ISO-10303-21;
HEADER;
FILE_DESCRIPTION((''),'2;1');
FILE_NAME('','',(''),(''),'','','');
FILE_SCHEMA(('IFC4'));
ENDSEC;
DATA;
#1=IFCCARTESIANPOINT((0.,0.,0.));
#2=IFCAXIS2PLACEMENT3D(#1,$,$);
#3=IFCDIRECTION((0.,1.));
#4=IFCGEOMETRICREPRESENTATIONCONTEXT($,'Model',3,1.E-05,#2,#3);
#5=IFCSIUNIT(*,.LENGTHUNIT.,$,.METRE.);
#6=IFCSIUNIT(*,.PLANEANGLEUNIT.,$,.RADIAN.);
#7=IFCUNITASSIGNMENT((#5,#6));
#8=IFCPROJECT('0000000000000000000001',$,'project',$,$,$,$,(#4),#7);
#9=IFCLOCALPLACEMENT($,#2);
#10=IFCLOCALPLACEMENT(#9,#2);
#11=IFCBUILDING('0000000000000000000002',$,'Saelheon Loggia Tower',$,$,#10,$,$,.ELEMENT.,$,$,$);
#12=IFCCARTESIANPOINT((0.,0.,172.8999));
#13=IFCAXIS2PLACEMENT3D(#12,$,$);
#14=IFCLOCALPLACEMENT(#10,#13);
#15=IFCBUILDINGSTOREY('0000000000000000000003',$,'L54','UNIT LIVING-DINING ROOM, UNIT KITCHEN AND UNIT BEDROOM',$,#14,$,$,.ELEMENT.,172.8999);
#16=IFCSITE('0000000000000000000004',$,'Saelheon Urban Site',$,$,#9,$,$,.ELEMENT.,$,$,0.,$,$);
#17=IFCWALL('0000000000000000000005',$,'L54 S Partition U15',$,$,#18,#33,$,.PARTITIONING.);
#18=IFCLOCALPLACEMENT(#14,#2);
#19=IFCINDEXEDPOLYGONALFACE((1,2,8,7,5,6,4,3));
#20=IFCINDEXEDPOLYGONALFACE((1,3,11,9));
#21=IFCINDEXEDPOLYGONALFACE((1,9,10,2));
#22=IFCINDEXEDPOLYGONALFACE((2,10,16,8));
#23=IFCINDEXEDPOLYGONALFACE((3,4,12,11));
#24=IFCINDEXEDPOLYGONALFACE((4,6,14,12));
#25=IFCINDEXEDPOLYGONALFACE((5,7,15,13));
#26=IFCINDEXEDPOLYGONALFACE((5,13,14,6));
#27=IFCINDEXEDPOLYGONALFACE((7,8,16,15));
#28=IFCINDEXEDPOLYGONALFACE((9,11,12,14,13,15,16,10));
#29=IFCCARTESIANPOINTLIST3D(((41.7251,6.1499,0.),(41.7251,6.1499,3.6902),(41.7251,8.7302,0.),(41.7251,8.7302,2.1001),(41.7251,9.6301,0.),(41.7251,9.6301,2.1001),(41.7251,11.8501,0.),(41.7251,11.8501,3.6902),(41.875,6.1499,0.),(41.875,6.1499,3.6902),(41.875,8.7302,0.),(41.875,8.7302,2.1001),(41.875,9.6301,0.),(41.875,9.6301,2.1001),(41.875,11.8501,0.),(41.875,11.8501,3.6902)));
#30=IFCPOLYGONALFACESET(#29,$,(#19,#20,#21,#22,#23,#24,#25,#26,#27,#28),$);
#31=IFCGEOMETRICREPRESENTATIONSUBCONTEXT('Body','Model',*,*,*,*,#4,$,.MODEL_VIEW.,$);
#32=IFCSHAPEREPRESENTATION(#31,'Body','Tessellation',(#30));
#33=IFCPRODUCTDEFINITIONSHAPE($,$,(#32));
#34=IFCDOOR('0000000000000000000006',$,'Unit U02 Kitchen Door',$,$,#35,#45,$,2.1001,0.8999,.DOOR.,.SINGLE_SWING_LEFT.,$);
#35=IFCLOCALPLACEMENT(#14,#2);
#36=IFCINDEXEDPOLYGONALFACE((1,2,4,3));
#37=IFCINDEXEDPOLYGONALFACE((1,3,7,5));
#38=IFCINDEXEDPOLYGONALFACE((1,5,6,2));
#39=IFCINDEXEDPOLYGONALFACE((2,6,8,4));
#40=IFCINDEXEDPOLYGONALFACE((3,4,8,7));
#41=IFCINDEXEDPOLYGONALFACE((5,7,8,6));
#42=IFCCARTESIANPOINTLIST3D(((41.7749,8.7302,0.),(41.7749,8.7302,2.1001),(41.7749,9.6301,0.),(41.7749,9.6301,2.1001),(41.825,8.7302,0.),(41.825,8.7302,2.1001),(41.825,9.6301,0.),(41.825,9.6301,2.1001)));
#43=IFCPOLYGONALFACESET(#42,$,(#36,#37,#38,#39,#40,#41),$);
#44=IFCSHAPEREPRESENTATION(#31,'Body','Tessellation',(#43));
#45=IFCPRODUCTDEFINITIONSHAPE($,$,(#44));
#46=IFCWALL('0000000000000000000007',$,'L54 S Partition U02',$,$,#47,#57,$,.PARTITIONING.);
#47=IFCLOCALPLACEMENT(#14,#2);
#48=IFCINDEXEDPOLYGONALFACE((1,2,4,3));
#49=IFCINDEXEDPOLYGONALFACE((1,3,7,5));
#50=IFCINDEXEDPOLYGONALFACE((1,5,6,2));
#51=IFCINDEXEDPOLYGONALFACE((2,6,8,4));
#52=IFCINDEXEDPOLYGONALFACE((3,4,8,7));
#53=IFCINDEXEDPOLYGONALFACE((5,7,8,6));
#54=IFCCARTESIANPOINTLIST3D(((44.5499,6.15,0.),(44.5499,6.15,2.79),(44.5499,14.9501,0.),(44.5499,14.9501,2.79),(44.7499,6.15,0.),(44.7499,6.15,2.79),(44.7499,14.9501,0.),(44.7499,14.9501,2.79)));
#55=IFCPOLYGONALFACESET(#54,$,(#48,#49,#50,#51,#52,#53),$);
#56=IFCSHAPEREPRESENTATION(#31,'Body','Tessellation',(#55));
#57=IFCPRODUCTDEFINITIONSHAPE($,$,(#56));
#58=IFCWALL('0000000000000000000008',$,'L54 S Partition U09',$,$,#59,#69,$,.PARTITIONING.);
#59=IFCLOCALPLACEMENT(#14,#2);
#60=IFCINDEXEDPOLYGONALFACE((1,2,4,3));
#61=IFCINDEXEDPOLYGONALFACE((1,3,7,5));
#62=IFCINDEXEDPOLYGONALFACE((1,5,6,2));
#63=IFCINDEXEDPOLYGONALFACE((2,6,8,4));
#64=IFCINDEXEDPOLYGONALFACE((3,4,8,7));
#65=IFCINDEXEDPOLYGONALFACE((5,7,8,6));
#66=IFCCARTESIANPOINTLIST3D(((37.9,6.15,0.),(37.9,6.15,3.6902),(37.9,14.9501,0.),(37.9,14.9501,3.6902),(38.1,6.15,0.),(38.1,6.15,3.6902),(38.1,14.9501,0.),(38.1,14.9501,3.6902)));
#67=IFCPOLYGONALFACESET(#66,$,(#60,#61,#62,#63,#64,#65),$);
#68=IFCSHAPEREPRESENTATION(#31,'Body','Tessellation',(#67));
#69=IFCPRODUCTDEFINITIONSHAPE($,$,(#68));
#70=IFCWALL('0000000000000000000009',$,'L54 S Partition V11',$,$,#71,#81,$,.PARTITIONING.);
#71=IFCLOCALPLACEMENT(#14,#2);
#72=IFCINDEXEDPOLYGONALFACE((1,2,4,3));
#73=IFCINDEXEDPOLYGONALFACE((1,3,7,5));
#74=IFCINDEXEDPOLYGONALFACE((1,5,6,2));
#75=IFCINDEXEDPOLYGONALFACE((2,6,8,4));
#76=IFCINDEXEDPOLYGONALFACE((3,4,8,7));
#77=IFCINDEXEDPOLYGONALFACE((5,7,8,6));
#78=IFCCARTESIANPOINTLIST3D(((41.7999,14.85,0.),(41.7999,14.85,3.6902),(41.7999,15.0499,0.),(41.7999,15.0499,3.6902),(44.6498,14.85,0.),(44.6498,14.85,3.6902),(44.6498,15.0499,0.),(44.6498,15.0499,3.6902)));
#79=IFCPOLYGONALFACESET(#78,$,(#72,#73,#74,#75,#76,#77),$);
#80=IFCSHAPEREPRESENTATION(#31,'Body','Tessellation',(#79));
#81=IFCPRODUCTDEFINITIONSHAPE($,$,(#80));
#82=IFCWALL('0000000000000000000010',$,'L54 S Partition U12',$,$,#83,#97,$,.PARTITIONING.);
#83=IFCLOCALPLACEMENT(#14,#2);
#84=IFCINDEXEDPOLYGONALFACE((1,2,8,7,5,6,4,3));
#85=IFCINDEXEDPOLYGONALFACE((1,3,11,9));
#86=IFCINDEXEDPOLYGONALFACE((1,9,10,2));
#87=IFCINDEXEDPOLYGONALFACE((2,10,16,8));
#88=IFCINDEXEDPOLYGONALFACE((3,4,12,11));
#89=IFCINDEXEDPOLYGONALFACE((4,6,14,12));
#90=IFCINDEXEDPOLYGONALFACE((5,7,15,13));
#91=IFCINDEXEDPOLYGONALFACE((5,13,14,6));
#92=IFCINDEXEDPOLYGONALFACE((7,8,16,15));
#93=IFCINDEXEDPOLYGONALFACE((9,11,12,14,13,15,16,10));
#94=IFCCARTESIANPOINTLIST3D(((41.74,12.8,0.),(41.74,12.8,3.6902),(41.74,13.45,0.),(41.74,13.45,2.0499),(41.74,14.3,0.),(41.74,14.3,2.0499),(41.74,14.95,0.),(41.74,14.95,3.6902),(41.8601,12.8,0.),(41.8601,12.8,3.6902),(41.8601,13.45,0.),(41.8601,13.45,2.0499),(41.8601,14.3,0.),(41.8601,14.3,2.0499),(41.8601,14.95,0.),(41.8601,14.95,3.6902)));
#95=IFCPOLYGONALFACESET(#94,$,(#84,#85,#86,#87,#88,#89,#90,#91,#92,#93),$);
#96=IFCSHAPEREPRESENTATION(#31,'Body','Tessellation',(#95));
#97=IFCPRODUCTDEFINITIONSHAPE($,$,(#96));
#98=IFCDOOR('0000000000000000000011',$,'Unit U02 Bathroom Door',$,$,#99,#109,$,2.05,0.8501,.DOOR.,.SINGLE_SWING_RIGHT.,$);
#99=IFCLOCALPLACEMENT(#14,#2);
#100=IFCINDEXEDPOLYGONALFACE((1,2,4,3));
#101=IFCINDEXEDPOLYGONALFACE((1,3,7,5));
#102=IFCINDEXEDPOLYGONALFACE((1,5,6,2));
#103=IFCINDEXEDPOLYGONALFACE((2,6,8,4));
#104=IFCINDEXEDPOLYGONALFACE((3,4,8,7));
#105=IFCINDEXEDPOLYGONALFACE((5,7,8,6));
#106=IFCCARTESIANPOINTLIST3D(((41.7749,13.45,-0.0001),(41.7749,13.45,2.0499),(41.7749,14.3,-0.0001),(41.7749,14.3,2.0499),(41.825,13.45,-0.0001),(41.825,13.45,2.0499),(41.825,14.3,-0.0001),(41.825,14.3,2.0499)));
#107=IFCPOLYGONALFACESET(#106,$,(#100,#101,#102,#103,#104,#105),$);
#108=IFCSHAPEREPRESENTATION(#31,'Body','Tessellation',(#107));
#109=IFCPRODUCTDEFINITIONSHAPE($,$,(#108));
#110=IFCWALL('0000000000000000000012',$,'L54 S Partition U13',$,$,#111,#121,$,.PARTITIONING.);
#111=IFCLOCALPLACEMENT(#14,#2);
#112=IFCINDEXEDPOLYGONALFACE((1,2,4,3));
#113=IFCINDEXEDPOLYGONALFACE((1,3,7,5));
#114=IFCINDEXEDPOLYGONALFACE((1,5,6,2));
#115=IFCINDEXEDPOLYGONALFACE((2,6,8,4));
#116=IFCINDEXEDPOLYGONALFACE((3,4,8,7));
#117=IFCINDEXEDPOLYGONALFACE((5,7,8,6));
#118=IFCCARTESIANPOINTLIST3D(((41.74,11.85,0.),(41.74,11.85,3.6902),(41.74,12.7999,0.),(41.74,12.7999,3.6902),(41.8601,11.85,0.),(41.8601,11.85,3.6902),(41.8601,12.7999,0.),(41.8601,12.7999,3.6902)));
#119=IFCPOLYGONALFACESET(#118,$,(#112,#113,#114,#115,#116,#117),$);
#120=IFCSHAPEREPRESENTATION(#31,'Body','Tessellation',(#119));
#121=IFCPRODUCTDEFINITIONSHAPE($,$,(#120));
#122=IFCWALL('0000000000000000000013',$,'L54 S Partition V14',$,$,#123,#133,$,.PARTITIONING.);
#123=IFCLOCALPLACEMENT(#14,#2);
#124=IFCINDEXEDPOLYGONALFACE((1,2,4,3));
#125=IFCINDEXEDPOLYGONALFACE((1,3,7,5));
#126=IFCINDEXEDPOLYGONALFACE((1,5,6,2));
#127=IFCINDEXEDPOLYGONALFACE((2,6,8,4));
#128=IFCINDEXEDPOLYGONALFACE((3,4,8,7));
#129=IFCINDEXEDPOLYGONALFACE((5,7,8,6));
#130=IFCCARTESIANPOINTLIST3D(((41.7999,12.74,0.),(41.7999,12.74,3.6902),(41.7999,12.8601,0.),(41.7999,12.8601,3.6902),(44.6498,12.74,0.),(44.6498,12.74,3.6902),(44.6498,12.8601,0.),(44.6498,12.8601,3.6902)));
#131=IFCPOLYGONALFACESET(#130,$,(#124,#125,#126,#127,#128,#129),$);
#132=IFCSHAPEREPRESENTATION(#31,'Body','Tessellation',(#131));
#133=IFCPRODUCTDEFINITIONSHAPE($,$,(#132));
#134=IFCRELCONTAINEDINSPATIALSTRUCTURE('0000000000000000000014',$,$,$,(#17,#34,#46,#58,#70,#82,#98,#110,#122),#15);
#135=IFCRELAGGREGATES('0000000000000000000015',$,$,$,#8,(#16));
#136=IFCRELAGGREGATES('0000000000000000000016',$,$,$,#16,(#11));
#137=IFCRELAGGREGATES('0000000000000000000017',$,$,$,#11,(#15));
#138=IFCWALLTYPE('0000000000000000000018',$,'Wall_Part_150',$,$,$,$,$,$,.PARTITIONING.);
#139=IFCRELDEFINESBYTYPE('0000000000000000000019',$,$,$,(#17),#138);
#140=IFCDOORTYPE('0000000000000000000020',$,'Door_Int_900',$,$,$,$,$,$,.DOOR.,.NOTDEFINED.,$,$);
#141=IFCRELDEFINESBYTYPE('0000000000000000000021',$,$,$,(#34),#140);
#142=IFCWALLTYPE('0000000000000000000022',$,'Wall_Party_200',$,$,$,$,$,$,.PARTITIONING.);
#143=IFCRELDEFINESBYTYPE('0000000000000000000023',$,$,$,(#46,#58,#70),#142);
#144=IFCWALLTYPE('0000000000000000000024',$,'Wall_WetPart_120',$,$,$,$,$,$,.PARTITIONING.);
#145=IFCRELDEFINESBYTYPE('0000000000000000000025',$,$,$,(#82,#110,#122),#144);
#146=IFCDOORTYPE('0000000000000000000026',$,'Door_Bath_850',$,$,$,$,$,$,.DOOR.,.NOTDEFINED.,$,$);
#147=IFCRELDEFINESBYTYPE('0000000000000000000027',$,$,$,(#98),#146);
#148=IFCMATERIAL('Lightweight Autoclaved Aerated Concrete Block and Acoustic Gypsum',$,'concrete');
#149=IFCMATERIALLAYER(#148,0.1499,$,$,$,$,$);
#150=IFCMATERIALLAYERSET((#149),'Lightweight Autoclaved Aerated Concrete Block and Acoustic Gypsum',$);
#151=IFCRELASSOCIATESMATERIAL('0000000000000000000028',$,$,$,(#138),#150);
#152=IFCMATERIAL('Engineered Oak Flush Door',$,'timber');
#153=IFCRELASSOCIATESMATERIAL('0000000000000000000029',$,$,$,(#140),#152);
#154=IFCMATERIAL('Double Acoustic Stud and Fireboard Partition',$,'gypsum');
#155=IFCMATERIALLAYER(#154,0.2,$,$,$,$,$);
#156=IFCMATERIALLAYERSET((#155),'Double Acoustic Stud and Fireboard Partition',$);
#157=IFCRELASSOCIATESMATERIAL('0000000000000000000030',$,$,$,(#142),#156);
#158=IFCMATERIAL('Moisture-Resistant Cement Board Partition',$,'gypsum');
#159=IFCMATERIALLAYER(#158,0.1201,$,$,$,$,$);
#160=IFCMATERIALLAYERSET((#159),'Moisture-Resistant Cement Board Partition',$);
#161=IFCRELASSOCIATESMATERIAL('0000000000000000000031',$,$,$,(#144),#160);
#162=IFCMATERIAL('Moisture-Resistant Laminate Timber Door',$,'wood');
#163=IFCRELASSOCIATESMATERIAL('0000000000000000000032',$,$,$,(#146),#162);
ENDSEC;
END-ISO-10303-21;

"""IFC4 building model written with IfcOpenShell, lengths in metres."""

from ifc_helpers import new_model, si_unit, direction, frame, frame_2d, origin, place, context, subcontext, project, spatial, rectangle, extrude, source, transform, mapped, material, layer, layer_set, type_object, element, fill, save


model = new_model("IFC4")

# Units and contexts
model_context = context("Model", 3, precision=1e-05, world=origin(), true_north=direction((0.0, 1.0)))
body_context = subcontext(model_context, "Body", "Model", "MODEL_VIEW")
ifc_project = project(units=[si_unit("LENGTHUNIT", "METRE"), si_unit("PLANEANGLEUNIT", "RADIAN")], contexts=[model_context])

# Site, building, storey
site_placement = place(None, origin())
site = spatial("IfcSite", under=ifc_project, at=site_placement, Name="Saelheon Urban Site", CompositionType="ELEMENT", RefElevation=0.0)
building_placement = place(site_placement, origin())
building = spatial("IfcBuilding", under=site, at=building_placement, Name="Saelheon Loggia Tower", CompositionType="ELEMENT")
storey_placement = place(building_placement, frame((0.0, 0.0, 172.8999)))
storey = spatial("IfcBuildingStorey", under=building, at=storey_placement, Name="L54", Description="UNIT LIVING-DINING ROOM, UNIT KITCHEN AND UNIT BEDROOM", CompositionType="ELEMENT", Elevation=172.8999)

# Wall, opening, door
ifc_material_1 = material(Name="Lightweight Autoclaved Aerated Concrete Block and Acoustic Gypsum", Category="concrete")
ifc_layer_1 = layer(ifc_material_1, 0.1499)
ifc_layer_set_1 = layer_set([ifc_layer_1], Name="Lightweight Autoclaved Aerated Concrete Block and Acoustic Gypsum")
wall_type_1 = type_object("IfcWallType", Name="Wall_Part_150", PredefinedType="PARTITIONING", material=ifc_layer_set_1)
ifc_material_2 = material(Name="Engineered Oak Flush Door", Category="timber")
door_type_1 = type_object("IfcDoorType", Name="Door_Int_900", OperationType="NOTDEFINED", PredefinedType="DOOR", material=ifc_material_2)
shared_shape_1 = source(origin(), body_context, "Body", "SweptSolid", [
    extrude(rectangle(XDim=0.8999, YDim=2.1001, at=frame_2d((0.45, 1.05))), frame((0.0, 0.0249, 0.0), z_axis=(0.0, -1.0, 0.0), x_axis=(1.0, 0.0, 0.0)), (0.0, 0.0, 1.0), 0.05),
])
wall_1_placement = place(storey_placement, frame((41.8, 11.8501, 0.0), z_axis=(0.0, 0.0, 1.0), x_axis=(0.0, -1.0, 0.0)))
wall_1 = element("IfcWall", 1, at=wall_1_placement, inside=storey, type_object=wall_type_1, Name="L54 S Partition U15", PredefinedType="PARTITIONING", context=body_context, shape_type="SweptSolid", body=[
    extrude(rectangle(XDim=5.7002, YDim=0.1499, at=frame_2d((2.8501, 0.0))), origin(), (0.0, 0.0, 1.0), 3.6902),
])
opening_1_placement = place(wall_1_placement, frame((2.22, 0.0, 0.0)))
opening_1 = element("IfcOpeningElement", 2, at=opening_1_placement, cuts=wall_1, PredefinedType="OPENING", context=body_context, shape_type="SweptSolid", body=[
    extrude(rectangle(XDim=0.8999, YDim=2.1001, at=frame_2d((0.45, 1.05))), frame((0.0, 0.0869, 0.0), z_axis=(0.0, -1.0, 0.0), x_axis=(1.0, 0.0, 0.0)), (0.0, 0.0, 1.0), 0.1738),
])
door_1_placement = place(opening_1_placement, origin())
door_1 = element("IfcDoor", 3, at=door_1_placement, inside=storey, type_object=door_type_1, Name="Unit U02 Kitchen Door", OperationType="SINGLE_SWING_LEFT", OverallHeight=2.1001, OverallWidth=0.8999, PredefinedType="DOOR", context=body_context, shape_type="MappedRepresentation", body=[
    mapped(shared_shape_1, transform((0.0, 0.0, 0.0), scale=1.0)),
])
fill(opening_1, door_1)

# Walls
ifc_material_3 = material(Name="Double Acoustic Stud and Fireboard Partition", Category="gypsum")
ifc_layer_2 = layer(ifc_material_3, 0.2)
ifc_layer_set_2 = layer_set([ifc_layer_2], Name="Double Acoustic Stud and Fireboard Partition")
wall_type_2 = type_object("IfcWallType", Name="Wall_Party_200", PredefinedType="PARTITIONING", material=ifc_layer_set_2)
wall_2_placement = place(storey_placement, frame((44.6499, 14.95, 0.0), z_axis=(0.0, 0.0, 1.0), x_axis=(0.0, -1.0, 0.0)))
element("IfcWall", 4, at=wall_2_placement, inside=storey, type_object=wall_type_2, Name="L54 S Partition U02", PredefinedType="PARTITIONING", context=body_context, shape_type="SweptSolid", body=[
    extrude(rectangle(XDim=8.8, YDim=0.2, at=frame_2d((4.3999, 0.0))), origin(), (0.0, 0.0, 1.0), 2.79),
])
wall_3_placement = place(storey_placement, frame((38.0, 14.95, 0.0), z_axis=(0.0, 0.0, 1.0), x_axis=(0.0, -1.0, 0.0)))
element("IfcWall", 5, at=wall_3_placement, inside=storey, type_object=wall_type_2, Name="L54 S Partition U09", PredefinedType="PARTITIONING", context=body_context, shape_type="SweptSolid", body=[
    extrude(rectangle(XDim=8.8, YDim=0.2, at=frame_2d((4.3999, 0.0))), origin(), (0.0, 0.0, 1.0), 3.6902),
])

# Wall
wall_4_placement = place(storey_placement, frame((41.8, 14.95, 0.0), z_axis=(0.0, 0.0, 1.0), x_axis=(1.0, 0.0, 0.0)))
element("IfcWall", 6, at=wall_4_placement, inside=storey, type_object=wall_type_2, Name="L54 S Partition V11", PredefinedType="PARTITIONING", context=body_context, shape_type="SweptSolid", body=[
    extrude(rectangle(XDim=2.8499, YDim=0.2, at=frame_2d((1.4248, 0.0))), origin(), (0.0, 0.0, 1.0), 3.6902),
])

# Wall, opening, door
ifc_material_4 = material(Name="Moisture-Resistant Cement Board Partition", Category="gypsum")
ifc_layer_3 = layer(ifc_material_4, 0.1201)
ifc_layer_set_3 = layer_set([ifc_layer_3], Name="Moisture-Resistant Cement Board Partition")
wall_type_3 = type_object("IfcWallType", Name="Wall_WetPart_120", PredefinedType="PARTITIONING", material=ifc_layer_set_3)
wall_5_placement = place(storey_placement, frame((41.8, 14.95, 0.0), z_axis=(0.0, 0.0, 1.0), x_axis=(0.0, -1.0, 0.0)))
wall_5 = element("IfcWall", 7, at=wall_5_placement, inside=storey, type_object=wall_type_3, Name="L54 S Partition U12", PredefinedType="PARTITIONING", context=body_context, shape_type="SweptSolid", body=[
    extrude(rectangle(XDim=2.1499, YDim=0.1201, at=frame_2d((1.075, 0.0))), origin(), (0.0, 0.0, 1.0), 3.6902),
])
opening_2_placement = place(wall_5_placement, frame((0.6499, 0.0, 0.0)))
opening_2 = element("IfcOpeningElement", 8, at=opening_2_placement, cuts=wall_5, PredefinedType="OPENING", context=body_context, shape_type="SweptSolid", body=[
    extrude(rectangle(XDim=0.8501, YDim=2.05, at=frame_2d((0.425, 1.0249))), frame((0.0, 0.072, 0.0), z_axis=(0.0, -1.0, 0.0), x_axis=(1.0, 0.0, 0.0)), (0.0, 0.0, 1.0), 0.144),
])
ifc_material_5 = material(Name="Moisture-Resistant Laminate Timber Door", Category="wood")
door_type_2 = type_object("IfcDoorType", Name="Door_Bath_850", OperationType="NOTDEFINED", PredefinedType="DOOR", material=ifc_material_5)
shared_shape_2 = source(origin(), body_context, "Body", "SweptSolid", [
    extrude(rectangle(XDim=0.8501, YDim=2.05, at=frame_2d((0.425, 1.0249))), frame((0.0, 0.0249, 0.0), z_axis=(0.0, -1.0, 0.0), x_axis=(1.0, 0.0, 0.0)), (0.0, 0.0, 1.0), 0.05),
])
door_2_placement = place(opening_2_placement, origin())
door_2 = element("IfcDoor", 9, at=door_2_placement, inside=storey, type_object=door_type_2, Name="Unit U02 Bathroom Door", OperationType="SINGLE_SWING_RIGHT", OverallHeight=2.05, OverallWidth=0.8501, PredefinedType="DOOR", context=body_context, shape_type="MappedRepresentation", body=[
    mapped(shared_shape_2, transform((0.0, 0.0, 0.0), scale=1.0)),
])
fill(opening_2, door_2)

# Walls
wall_6_placement = place(storey_placement, frame((41.8, 12.8, 0.0), z_axis=(0.0, 0.0, 1.0), x_axis=(0.0, -1.0, 0.0)))
element("IfcWall", 10, at=wall_6_placement, inside=storey, type_object=wall_type_3, Name="L54 S Partition U13", PredefinedType="PARTITIONING", context=body_context, shape_type="SweptSolid", body=[
    extrude(rectangle(XDim=0.95, YDim=0.1201, at=frame_2d((0.4751, 0.0))), origin(), (0.0, 0.0, 1.0), 3.6902),
])
wall_7_placement = place(storey_placement, frame((41.8, 12.8, 0.0), z_axis=(0.0, 0.0, 1.0), x_axis=(1.0, 0.0, 0.0)))
element("IfcWall", 11, at=wall_7_placement, inside=storey, type_object=wall_type_3, Name="L54 S Partition V14", PredefinedType="PARTITIONING", context=body_context, shape_type="SweptSolid", body=[
    extrude(rectangle(XDim=2.8499, YDim=0.1201, at=frame_2d((1.4248, 0.0))), origin(), (0.0, 0.0, 1.0), 3.6902),
])

save(model, "model.ifc")
